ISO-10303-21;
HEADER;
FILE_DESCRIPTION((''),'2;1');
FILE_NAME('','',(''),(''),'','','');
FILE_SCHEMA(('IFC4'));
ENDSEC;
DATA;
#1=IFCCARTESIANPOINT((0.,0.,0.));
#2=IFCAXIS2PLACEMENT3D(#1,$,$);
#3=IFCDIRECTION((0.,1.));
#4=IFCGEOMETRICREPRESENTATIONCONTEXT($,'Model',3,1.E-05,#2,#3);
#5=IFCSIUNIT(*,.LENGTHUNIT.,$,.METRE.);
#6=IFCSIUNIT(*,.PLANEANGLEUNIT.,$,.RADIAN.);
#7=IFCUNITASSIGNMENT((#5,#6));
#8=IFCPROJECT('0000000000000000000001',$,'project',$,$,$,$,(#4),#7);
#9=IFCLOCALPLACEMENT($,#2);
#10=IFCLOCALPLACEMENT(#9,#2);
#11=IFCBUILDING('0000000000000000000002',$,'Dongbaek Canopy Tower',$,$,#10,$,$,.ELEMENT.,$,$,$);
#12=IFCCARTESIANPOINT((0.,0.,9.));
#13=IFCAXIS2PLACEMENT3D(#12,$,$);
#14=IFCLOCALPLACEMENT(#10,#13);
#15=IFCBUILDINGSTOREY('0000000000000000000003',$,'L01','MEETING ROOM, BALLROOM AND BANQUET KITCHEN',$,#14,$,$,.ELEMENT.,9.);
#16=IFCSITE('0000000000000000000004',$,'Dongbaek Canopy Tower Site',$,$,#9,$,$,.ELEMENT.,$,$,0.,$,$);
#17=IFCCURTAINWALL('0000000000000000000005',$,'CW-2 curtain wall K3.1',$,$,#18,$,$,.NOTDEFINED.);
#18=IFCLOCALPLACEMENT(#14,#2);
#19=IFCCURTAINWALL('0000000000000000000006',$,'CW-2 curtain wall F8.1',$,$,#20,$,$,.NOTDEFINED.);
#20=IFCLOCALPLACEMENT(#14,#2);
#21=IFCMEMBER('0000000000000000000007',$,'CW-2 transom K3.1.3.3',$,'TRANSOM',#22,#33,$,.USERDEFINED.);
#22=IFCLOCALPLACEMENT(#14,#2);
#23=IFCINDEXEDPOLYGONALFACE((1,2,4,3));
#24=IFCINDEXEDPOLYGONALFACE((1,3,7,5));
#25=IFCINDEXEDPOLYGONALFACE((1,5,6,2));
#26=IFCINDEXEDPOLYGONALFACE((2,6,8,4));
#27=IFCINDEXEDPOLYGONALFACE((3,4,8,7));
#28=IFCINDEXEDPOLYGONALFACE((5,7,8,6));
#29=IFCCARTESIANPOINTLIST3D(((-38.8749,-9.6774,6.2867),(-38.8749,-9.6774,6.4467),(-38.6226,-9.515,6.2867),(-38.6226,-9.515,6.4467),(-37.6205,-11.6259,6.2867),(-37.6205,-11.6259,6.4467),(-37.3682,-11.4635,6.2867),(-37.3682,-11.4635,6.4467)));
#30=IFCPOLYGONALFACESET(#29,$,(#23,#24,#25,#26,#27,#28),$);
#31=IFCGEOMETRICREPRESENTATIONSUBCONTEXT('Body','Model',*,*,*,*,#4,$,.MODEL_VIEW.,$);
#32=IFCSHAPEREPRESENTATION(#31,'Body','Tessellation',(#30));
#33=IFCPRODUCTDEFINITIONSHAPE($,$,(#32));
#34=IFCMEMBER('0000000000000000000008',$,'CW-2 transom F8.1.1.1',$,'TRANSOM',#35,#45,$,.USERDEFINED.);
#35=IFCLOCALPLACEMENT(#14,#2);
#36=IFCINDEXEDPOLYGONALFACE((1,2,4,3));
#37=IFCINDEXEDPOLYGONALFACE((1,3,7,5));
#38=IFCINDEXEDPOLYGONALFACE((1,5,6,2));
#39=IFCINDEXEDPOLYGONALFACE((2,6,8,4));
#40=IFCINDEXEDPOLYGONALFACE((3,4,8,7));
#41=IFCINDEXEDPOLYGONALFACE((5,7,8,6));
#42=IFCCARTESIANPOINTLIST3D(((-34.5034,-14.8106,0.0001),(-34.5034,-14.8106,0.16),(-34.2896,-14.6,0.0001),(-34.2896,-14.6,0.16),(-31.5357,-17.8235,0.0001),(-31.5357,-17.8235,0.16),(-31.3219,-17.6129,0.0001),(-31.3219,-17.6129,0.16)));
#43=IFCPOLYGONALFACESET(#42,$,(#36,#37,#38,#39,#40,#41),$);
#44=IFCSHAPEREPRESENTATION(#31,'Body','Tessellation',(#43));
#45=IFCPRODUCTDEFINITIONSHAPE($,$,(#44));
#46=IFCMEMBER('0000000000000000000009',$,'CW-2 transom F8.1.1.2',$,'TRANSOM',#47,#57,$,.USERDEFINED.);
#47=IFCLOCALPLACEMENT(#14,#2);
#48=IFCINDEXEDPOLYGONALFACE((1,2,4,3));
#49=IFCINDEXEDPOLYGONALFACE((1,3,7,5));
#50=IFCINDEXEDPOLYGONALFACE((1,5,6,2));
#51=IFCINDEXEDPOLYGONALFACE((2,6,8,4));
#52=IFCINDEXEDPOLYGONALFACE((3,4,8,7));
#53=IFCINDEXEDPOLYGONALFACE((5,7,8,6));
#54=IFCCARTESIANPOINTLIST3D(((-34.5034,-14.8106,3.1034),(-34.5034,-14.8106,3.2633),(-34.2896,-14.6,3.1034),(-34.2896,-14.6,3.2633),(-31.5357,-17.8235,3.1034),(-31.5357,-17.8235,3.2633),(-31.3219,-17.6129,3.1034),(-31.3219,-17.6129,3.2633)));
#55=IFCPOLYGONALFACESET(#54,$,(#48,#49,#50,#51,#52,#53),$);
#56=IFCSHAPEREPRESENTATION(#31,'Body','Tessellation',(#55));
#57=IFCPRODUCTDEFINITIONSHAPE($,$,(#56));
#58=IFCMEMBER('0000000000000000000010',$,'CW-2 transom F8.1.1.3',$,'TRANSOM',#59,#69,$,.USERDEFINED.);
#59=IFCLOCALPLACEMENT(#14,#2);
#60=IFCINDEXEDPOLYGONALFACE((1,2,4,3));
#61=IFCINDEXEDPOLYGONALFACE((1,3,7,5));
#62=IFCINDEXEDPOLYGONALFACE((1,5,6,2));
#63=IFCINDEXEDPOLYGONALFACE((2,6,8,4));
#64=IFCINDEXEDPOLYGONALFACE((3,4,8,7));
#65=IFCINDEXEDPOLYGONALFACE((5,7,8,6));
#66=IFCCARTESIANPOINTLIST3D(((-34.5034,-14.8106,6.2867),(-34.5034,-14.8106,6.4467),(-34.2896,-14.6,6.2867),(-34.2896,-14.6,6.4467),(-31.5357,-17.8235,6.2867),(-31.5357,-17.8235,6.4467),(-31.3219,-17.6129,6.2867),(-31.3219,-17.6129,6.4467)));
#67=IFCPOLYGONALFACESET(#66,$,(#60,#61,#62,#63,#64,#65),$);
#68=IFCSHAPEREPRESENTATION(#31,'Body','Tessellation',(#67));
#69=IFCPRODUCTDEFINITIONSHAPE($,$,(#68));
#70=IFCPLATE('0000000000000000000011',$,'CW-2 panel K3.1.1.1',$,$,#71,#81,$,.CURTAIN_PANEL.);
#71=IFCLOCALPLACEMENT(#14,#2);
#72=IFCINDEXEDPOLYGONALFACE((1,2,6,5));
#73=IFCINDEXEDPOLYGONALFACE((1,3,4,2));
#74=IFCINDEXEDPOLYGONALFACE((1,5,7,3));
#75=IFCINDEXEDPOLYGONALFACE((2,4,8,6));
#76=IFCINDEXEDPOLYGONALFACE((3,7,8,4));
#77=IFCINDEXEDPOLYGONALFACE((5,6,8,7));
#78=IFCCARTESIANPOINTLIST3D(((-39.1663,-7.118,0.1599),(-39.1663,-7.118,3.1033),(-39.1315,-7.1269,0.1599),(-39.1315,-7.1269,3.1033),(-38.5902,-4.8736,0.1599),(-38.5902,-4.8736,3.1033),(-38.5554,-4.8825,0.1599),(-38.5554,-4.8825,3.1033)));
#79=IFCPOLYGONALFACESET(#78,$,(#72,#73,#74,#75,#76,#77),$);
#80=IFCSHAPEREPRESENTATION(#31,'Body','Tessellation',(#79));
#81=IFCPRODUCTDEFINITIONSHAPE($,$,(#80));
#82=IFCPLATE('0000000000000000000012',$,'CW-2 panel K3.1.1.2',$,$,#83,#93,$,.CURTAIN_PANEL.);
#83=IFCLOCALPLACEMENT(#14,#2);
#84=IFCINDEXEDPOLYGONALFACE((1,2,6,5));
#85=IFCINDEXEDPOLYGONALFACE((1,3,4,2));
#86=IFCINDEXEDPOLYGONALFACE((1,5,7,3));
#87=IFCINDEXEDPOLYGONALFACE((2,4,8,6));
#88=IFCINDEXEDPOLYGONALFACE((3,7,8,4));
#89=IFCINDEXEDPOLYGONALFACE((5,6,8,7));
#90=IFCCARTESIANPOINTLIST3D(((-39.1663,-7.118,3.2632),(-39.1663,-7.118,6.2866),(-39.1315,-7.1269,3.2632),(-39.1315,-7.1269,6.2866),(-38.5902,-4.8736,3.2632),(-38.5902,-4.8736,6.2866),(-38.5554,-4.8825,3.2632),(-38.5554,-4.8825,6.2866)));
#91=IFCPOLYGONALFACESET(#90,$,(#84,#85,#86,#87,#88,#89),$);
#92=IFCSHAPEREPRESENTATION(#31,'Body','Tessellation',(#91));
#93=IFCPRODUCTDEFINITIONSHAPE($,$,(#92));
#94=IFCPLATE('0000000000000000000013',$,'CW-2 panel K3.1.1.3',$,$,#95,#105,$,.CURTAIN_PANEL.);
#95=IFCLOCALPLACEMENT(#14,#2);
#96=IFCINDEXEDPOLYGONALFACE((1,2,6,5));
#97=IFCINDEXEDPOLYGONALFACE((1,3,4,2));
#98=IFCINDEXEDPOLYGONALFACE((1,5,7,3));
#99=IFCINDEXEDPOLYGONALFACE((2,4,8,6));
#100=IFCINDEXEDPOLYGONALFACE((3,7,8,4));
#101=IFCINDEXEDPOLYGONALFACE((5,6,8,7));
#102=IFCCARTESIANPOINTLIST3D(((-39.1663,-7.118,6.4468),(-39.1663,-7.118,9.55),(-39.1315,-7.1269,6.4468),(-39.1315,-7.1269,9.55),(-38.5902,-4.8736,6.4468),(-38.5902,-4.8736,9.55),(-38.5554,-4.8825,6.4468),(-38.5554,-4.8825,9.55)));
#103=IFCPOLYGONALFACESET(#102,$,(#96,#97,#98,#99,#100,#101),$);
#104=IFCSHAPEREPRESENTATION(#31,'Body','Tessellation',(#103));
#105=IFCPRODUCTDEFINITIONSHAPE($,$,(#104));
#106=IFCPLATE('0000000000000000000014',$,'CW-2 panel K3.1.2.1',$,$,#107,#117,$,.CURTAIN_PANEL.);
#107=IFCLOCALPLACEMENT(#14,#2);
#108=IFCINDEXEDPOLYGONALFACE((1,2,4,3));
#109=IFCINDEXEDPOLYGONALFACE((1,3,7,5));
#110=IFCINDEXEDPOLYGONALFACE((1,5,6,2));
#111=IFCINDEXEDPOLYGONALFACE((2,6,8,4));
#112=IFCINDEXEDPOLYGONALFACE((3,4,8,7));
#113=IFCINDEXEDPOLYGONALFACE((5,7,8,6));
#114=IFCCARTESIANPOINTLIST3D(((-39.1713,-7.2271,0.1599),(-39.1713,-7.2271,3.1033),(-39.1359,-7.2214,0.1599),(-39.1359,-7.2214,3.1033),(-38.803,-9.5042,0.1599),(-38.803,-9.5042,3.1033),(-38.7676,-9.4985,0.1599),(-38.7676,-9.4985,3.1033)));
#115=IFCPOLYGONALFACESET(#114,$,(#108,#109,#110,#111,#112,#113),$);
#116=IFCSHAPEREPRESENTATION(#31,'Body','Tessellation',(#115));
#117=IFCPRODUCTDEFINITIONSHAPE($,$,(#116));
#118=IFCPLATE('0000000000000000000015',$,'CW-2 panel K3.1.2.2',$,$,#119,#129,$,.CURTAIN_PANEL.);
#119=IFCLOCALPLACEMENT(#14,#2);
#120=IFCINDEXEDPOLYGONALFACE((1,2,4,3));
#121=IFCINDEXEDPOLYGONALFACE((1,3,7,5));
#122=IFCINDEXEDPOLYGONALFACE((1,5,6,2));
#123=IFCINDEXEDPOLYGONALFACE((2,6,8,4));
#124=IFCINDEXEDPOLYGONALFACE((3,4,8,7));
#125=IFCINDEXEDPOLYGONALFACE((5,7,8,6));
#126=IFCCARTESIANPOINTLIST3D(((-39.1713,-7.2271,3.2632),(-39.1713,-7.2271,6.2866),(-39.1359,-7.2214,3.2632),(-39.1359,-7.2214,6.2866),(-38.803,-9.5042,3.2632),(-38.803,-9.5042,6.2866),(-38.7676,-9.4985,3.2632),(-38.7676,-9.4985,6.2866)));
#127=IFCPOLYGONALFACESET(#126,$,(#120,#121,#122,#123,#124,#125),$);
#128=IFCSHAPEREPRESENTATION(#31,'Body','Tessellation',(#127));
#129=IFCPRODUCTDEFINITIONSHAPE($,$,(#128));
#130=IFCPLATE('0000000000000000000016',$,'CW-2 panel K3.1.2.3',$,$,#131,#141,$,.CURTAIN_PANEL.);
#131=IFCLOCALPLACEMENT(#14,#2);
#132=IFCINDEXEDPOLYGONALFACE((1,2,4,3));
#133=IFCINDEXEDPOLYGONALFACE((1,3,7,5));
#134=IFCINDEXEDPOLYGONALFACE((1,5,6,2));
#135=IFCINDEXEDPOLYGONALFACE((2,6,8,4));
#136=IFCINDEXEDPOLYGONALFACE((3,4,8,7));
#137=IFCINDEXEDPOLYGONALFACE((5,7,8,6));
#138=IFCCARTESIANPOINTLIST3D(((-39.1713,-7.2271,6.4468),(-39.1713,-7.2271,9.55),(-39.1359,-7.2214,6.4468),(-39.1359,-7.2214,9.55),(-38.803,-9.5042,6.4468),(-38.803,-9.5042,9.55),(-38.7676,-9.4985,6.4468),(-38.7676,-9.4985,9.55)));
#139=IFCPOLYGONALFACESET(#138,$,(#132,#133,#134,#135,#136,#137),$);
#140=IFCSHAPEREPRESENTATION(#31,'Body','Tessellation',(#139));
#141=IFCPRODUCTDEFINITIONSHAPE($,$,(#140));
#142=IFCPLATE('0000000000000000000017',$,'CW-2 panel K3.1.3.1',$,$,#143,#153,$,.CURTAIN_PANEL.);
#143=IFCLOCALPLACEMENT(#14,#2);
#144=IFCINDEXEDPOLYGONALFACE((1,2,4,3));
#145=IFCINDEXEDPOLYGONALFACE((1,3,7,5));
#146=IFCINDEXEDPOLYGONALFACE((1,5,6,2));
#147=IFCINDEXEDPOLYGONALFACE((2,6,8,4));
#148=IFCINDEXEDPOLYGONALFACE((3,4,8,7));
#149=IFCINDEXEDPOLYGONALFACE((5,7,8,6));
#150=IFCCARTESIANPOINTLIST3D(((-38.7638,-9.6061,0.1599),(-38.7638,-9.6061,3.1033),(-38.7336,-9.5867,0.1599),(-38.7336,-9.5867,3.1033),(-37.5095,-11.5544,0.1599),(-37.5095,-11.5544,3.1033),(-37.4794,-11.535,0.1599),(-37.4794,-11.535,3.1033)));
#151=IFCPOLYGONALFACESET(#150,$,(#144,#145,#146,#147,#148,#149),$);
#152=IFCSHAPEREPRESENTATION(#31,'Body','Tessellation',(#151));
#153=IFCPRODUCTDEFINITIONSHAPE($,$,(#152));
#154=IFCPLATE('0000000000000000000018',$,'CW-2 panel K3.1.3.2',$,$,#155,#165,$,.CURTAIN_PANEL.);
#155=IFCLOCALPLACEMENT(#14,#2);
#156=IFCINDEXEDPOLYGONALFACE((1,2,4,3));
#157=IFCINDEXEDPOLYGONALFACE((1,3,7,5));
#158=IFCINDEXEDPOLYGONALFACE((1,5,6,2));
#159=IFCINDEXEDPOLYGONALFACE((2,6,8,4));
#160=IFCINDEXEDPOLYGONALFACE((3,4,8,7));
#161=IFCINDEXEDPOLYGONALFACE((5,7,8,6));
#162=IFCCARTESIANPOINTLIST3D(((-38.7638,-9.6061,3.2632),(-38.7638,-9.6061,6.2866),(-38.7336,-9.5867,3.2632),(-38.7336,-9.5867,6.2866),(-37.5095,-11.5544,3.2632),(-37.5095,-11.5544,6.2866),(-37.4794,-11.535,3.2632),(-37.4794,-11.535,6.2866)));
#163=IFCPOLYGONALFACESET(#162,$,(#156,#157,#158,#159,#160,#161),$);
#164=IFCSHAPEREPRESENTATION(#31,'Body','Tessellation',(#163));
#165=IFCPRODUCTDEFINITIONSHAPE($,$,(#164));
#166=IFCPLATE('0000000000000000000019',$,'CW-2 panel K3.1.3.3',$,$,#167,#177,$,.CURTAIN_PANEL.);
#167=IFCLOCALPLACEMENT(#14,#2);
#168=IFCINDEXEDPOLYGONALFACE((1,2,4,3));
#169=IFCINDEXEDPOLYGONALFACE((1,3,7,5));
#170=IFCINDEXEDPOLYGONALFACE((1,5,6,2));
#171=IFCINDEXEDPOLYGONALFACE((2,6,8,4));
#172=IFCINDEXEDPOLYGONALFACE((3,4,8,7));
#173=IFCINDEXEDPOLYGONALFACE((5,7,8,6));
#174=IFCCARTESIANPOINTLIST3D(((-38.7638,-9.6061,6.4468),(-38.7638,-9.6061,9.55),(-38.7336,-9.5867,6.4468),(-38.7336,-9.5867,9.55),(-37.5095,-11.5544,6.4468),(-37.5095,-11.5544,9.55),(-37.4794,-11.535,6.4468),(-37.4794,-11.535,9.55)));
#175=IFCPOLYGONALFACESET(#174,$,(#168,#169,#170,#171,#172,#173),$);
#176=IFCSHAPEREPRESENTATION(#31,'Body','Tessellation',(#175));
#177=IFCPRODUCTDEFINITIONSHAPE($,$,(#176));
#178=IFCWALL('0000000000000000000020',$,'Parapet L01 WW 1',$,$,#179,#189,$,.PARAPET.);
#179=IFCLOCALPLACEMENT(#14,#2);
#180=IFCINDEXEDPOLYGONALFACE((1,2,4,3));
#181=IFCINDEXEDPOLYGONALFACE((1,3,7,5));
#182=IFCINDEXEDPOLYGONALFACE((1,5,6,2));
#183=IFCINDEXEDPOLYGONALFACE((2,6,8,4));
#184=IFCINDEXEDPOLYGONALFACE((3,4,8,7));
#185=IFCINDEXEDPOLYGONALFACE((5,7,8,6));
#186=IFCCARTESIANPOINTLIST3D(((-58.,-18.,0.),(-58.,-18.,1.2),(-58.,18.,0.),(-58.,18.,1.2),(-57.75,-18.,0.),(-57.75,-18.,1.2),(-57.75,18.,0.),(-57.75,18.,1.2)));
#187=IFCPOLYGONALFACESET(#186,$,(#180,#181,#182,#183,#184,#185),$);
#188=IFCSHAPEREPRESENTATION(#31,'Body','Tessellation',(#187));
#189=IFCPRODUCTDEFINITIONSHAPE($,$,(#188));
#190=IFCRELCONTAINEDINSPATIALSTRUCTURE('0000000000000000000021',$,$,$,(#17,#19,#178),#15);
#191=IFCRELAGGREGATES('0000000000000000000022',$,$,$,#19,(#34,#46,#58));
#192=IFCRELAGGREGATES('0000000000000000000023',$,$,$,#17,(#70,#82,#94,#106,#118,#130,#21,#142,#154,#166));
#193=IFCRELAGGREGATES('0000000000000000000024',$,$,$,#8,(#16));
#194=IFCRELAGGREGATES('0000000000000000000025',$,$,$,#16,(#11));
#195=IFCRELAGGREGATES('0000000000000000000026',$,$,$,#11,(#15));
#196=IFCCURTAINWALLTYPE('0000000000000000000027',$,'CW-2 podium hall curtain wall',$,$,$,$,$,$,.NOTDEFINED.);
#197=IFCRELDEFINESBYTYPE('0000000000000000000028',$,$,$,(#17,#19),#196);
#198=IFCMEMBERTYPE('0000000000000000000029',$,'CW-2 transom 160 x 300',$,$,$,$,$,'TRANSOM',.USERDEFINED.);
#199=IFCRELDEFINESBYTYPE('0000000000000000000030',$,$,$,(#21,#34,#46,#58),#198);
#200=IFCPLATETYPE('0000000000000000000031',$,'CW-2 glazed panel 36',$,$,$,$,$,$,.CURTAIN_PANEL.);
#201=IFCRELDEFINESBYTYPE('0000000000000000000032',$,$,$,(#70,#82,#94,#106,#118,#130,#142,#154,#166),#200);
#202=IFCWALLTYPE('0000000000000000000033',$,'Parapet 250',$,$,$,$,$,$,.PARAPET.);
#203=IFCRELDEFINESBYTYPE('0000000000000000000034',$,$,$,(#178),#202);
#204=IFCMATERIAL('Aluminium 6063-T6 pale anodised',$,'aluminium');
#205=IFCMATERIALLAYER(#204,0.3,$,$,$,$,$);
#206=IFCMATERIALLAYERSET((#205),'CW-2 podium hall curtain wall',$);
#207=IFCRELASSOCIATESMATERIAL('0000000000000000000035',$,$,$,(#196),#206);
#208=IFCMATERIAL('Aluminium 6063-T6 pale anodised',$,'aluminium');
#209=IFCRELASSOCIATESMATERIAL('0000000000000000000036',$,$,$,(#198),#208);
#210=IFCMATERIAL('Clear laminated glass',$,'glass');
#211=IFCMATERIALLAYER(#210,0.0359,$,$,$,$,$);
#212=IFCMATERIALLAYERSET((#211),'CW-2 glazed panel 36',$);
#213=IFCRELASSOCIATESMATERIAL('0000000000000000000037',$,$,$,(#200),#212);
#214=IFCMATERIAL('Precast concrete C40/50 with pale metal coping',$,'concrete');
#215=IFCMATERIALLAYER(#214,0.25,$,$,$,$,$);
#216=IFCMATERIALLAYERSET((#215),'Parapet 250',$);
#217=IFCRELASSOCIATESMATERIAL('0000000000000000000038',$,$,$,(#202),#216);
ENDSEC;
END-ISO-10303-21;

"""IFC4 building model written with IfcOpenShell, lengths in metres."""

from ifc_helpers import new_model, si_unit, direction, frame, frame_2d, origin, origin_2d, place, context, subcontext, project, spatial, rectangle, extrude, material, layer, layer_set, material_profile, profile_set, type_object, element, aggregate, save


model = new_model("IFC4")

# Units and contexts
model_context = context("Model", 3, precision=1e-05, world=origin(), true_north=direction((0.0, 1.0)))
body_context = subcontext(model_context, "Body", "Model", "MODEL_VIEW")
ifc_project = project(units=[si_unit("LENGTHUNIT", "METRE"), si_unit("PLANEANGLEUNIT", "RADIAN")], contexts=[model_context])

# Site, building, storey
site_placement = place(None, origin())
site = spatial("IfcSite", under=ifc_project, at=site_placement, Name="Dongbaek Canopy Tower Site", CompositionType="ELEMENT", RefElevation=0.0)
building_placement = place(site_placement, origin())
building = spatial("IfcBuilding", under=site, at=building_placement, Name="Dongbaek Canopy Tower", CompositionType="ELEMENT")
storey_placement = place(building_placement, frame((0.0, 0.0, 9.0)))
storey = spatial("IfcBuildingStorey", under=building, at=storey_placement, Name="L01", Description="MEETING ROOM, BALLROOM AND BANQUET KITCHEN", CompositionType="ELEMENT", Elevation=9.0)

# Curtain wall
ifc_material_1 = material(Name="Aluminium 6063-T6 pale anodised", Category="aluminium")
ifc_layer_1 = layer(ifc_material_1, 0.3)
ifc_layer_set_1 = layer_set([ifc_layer_1], Name="CW-2 podium hall curtain wall")
curtain_wall_type = type_object("IfcCurtainWallType", Name="CW-2 podium hall curtain wall", PredefinedType="NOTDEFINED", material=ifc_layer_set_1)
curtain_wall_1_placement = place(storey_placement, origin())
curtain_wall_1 = element("IfcCurtainWall", 1, at=curtain_wall_1_placement, inside=storey, type_object=curtain_wall_type, Name="CW-2 curtain wall K3.1", PredefinedType="NOTDEFINED")

# Curtain wall
curtain_wall_2_placement = place(storey_placement, origin())
curtain_wall_2 = element("IfcCurtainWall", 2, at=curtain_wall_2_placement, inside=storey, type_object=curtain_wall_type, Name="CW-2 curtain wall F8.1", PredefinedType="NOTDEFINED")

# Members
ifc_material_2 = material(Name="Aluminium 6063-T6 pale anodised", Category="aluminium")
ifc_material_profile_1 = material_profile(ifc_material_2, rectangle(XDim=0.3, YDim=0.1599, at=origin_2d()), Name="CW-2 transom 160 x 300")
ifc_profile_set_1 = profile_set([ifc_material_profile_1], Name="Aluminium 6063-T6 pale anodised")
member_type_1 = type_object("IfcMemberType", Name="CW-2 transom 160 x 300", ElementType="TRANSOM", PredefinedType="USERDEFINED", material=ifc_profile_set_1)
member_1_placement = place(storey_placement, frame((-38.7488, -9.5962, 6.3667), z_axis=(0.541306, -0.840826, 0.0), x_axis=(0.840826, 0.541306, 0.0)))
member_1 = element("IfcMember", 3, at=member_1_placement, type_object=member_type_1, Name="CW-2 transom K3.1.3.3", ObjectType="TRANSOM", PredefinedType="USERDEFINED", context=body_context, shape_type="SweptSolid", body=[
    extrude(rectangle(XDim=0.3, YDim=0.1599, at=origin_2d()), origin(), (0.0, 0.0, 1.0), 2.3174),
])
member_2_placement = place(storey_placement, frame((-34.3965, -14.7053, 0.0801), z_axis=(0.701747, -0.712426, 0.0), x_axis=(0.712426, 0.701747, 0.0)))
member_2 = element("IfcMember", 4, at=member_2_placement, type_object=member_type_1, Name="CW-2 transom F8.1.1.1", ObjectType="TRANSOM", PredefinedType="USERDEFINED", context=body_context, shape_type="SweptSolid", body=[
    extrude(rectangle(XDim=0.3, YDim=0.1599, at=origin_2d()), origin(), (0.0, 0.0, 1.0), 4.229),
])
member_3_placement = place(storey_placement, frame((-34.3965, -14.7053, 3.1833), z_axis=(0.701747, -0.712426, 0.0), x_axis=(0.712426, 0.701747, 0.0)))
member_3 = element("IfcMember", 5, at=member_3_placement, type_object=member_type_1, Name="CW-2 transom F8.1.1.2", ObjectType="TRANSOM", PredefinedType="USERDEFINED", context=body_context, shape_type="SweptSolid", body=[
    extrude(rectangle(XDim=0.3, YDim=0.1599, at=origin_2d()), origin(), (0.0, 0.0, 1.0), 4.229),
])
member_4_placement = place(storey_placement, frame((-34.3965, -14.7053, 6.3667), z_axis=(0.701747, -0.712426, 0.0), x_axis=(0.712426, 0.701747, 0.0)))
member_4 = element("IfcMember", 6, at=member_4_placement, type_object=member_type_1, Name="CW-2 transom F8.1.1.3", ObjectType="TRANSOM", PredefinedType="USERDEFINED", context=body_context, shape_type="SweptSolid", body=[
    extrude(rectangle(XDim=0.3, YDim=0.1599, at=origin_2d()), origin(), (0.0, 0.0, 1.0), 4.229),
])
aggregate(curtain_wall_2, [member_2, member_3, member_4])

# Plates
ifc_material_3 = material(Name="Clear laminated glass", Category="glass")
ifc_layer_2 = layer(ifc_material_3, 0.0359)
ifc_layer_set_2 = layer_set([ifc_layer_2], Name="CW-2 glazed panel 36")
plate_type = type_object("IfcPlateType", Name="CW-2 glazed panel 36", PredefinedType="CURTAIN_PANEL", material=ifc_layer_set_2)
plate_1_placement = place(storey_placement, frame((-38.8608, -6.0002, 0.1599), z_axis=(0.0, 0.0, 1.0), x_axis=(-0.248641, -0.968596, 0.0)))
plate_1 = element("IfcPlate", 7, at=plate_1_placement, type_object=plate_type, Name="CW-2 panel K3.1.1.1", PredefinedType="CURTAIN_PANEL", context=body_context, shape_type="SweptSolid", body=[
    extrude(rectangle(XDim=2.3171, YDim=0.0359, at=origin_2d()), origin(), (0.0, 0.0, 1.0), 2.9434),
])
plate_2_placement = place(storey_placement, frame((-38.8608, -6.0002, 3.2632), z_axis=(0.0, 0.0, 1.0), x_axis=(-0.248641, -0.968596, 0.0)))
plate_2 = element("IfcPlate", 8, at=plate_2_placement, type_object=plate_type, Name="CW-2 panel K3.1.1.2", PredefinedType="CURTAIN_PANEL", context=body_context, shape_type="SweptSolid", body=[
    extrude(rectangle(XDim=2.3171, YDim=0.0359, at=origin_2d()), origin(), (0.0, 0.0, 1.0), 3.0234),
])
plate_3_placement = place(storey_placement, frame((-38.8608, -6.0002, 6.4468), z_axis=(0.0, 0.0, 1.0), x_axis=(-0.248641, -0.968596, 0.0)))
plate_3 = element("IfcPlate", 9, at=plate_3_placement, type_object=plate_type, Name="CW-2 panel K3.1.1.3", PredefinedType="CURTAIN_PANEL", context=body_context, shape_type="SweptSolid", body=[
    extrude(rectangle(XDim=2.3171, YDim=0.0359, at=origin_2d()), origin(), (0.0, 0.0, 1.0), 3.1033),
])
plate_4_placement = place(storey_placement, frame((-38.9695, -8.3628, 0.1599), z_axis=(0.0, 0.0, 1.0), x_axis=(0.159671, -0.98717, 0.0)))
plate_4 = element("IfcPlate", 10, at=plate_4_placement, type_object=plate_type, Name="CW-2 panel K3.1.2.1", PredefinedType="CURTAIN_PANEL", context=body_context, shape_type="SweptSolid", body=[
    extrude(rectangle(XDim=2.3066, YDim=0.0359, at=origin_2d()), origin(), (0.0, 0.0, 1.0), 2.9434),
])
plate_5_placement = place(storey_placement, frame((-38.9695, -8.3628, 3.2632), z_axis=(0.0, 0.0, 1.0), x_axis=(0.159671, -0.98717, 0.0)))
plate_5 = element("IfcPlate", 11, at=plate_5_placement, type_object=plate_type, Name="CW-2 panel K3.1.2.2", PredefinedType="CURTAIN_PANEL", context=body_context, shape_type="SweptSolid", body=[
    extrude(rectangle(XDim=2.3066, YDim=0.0359, at=origin_2d()), origin(), (0.0, 0.0, 1.0), 3.0234),
])
plate_6_placement = place(storey_placement, frame((-38.9695, -8.3628, 6.4468), z_axis=(0.0, 0.0, 1.0), x_axis=(0.159671, -0.98717, 0.0)))
plate_6 = element("IfcPlate", 12, at=plate_6_placement, type_object=plate_type, Name="CW-2 panel K3.1.2.3", PredefinedType="CURTAIN_PANEL", context=body_context, shape_type="SweptSolid", body=[
    extrude(rectangle(XDim=2.3066, YDim=0.0359, at=origin_2d()), origin(), (0.0, 0.0, 1.0), 3.1033),
])
plate_7_placement = place(storey_placement, frame((-38.1216, -10.5706, 0.1599), z_axis=(0.0, 0.0, 1.0), x_axis=(0.541306, -0.840826, 0.0)))
plate_7 = element("IfcPlate", 13, at=plate_7_placement, type_object=plate_type, Name="CW-2 panel K3.1.3.1", PredefinedType="CURTAIN_PANEL", context=body_context, shape_type="SweptSolid", body=[
    extrude(rectangle(XDim=2.3171, YDim=0.0359, at=origin_2d()), origin(), (0.0, 0.0, 1.0), 2.9434),
])
plate_8_placement = place(storey_placement, frame((-38.1216, -10.5706, 3.2632), z_axis=(0.0, 0.0, 1.0), x_axis=(0.541306, -0.840826, 0.0)))
plate_8 = element("IfcPlate", 14, at=plate_8_placement, type_object=plate_type, Name="CW-2 panel K3.1.3.2", PredefinedType="CURTAIN_PANEL", context=body_context, shape_type="SweptSolid", body=[
    extrude(rectangle(XDim=2.3171, YDim=0.0359, at=origin_2d()), origin(), (0.0, 0.0, 1.0), 3.0234),
])
plate_9_placement = place(storey_placement, frame((-38.1216, -10.5706, 6.4468), z_axis=(0.0, 0.0, 1.0), x_axis=(0.541306, -0.840826, 0.0)))
plate_9 = element("IfcPlate", 15, at=plate_9_placement, type_object=plate_type, Name="CW-2 panel K3.1.3.3", PredefinedType="CURTAIN_PANEL", context=body_context, shape_type="SweptSolid", body=[
    extrude(rectangle(XDim=2.3171, YDim=0.0359, at=origin_2d()), origin(), (0.0, 0.0, 1.0), 3.1033),
])
aggregate(curtain_wall_1, [plate_1, plate_2, plate_3, plate_4, plate_5, plate_6, member_1, plate_7, plate_8, plate_9])

# Wall
ifc_material_4 = material(Name="Precast concrete C40/50 with pale metal coping", Category="concrete")
ifc_layer_3 = layer(ifc_material_4, 0.25)
ifc_layer_set_3 = layer_set([ifc_layer_3], Name="Parapet 250")
wall_type_1 = type_object("IfcWallType", Name="Parapet 250", PredefinedType="PARAPET", material=ifc_layer_set_3)
wall_1_placement = place(storey_placement, frame((-57.875, -18.0, 0.0), z_axis=(0.0, 0.0, 1.0), x_axis=(0.0, 1.0, 0.0)))
element("IfcWall", 16, at=wall_1_placement, inside=storey, type_object=wall_type_1, Name="Parapet L01 WW 1", PredefinedType="PARAPET", context=body_context, shape_type="SweptSolid", body=[
    extrude(rectangle(XDim=36.0, YDim=0.25, at=frame_2d((18.0, 0.0))), origin(), (0.0, 0.0, 1.0), 1.2),
])

save(model, "model.ifc")
